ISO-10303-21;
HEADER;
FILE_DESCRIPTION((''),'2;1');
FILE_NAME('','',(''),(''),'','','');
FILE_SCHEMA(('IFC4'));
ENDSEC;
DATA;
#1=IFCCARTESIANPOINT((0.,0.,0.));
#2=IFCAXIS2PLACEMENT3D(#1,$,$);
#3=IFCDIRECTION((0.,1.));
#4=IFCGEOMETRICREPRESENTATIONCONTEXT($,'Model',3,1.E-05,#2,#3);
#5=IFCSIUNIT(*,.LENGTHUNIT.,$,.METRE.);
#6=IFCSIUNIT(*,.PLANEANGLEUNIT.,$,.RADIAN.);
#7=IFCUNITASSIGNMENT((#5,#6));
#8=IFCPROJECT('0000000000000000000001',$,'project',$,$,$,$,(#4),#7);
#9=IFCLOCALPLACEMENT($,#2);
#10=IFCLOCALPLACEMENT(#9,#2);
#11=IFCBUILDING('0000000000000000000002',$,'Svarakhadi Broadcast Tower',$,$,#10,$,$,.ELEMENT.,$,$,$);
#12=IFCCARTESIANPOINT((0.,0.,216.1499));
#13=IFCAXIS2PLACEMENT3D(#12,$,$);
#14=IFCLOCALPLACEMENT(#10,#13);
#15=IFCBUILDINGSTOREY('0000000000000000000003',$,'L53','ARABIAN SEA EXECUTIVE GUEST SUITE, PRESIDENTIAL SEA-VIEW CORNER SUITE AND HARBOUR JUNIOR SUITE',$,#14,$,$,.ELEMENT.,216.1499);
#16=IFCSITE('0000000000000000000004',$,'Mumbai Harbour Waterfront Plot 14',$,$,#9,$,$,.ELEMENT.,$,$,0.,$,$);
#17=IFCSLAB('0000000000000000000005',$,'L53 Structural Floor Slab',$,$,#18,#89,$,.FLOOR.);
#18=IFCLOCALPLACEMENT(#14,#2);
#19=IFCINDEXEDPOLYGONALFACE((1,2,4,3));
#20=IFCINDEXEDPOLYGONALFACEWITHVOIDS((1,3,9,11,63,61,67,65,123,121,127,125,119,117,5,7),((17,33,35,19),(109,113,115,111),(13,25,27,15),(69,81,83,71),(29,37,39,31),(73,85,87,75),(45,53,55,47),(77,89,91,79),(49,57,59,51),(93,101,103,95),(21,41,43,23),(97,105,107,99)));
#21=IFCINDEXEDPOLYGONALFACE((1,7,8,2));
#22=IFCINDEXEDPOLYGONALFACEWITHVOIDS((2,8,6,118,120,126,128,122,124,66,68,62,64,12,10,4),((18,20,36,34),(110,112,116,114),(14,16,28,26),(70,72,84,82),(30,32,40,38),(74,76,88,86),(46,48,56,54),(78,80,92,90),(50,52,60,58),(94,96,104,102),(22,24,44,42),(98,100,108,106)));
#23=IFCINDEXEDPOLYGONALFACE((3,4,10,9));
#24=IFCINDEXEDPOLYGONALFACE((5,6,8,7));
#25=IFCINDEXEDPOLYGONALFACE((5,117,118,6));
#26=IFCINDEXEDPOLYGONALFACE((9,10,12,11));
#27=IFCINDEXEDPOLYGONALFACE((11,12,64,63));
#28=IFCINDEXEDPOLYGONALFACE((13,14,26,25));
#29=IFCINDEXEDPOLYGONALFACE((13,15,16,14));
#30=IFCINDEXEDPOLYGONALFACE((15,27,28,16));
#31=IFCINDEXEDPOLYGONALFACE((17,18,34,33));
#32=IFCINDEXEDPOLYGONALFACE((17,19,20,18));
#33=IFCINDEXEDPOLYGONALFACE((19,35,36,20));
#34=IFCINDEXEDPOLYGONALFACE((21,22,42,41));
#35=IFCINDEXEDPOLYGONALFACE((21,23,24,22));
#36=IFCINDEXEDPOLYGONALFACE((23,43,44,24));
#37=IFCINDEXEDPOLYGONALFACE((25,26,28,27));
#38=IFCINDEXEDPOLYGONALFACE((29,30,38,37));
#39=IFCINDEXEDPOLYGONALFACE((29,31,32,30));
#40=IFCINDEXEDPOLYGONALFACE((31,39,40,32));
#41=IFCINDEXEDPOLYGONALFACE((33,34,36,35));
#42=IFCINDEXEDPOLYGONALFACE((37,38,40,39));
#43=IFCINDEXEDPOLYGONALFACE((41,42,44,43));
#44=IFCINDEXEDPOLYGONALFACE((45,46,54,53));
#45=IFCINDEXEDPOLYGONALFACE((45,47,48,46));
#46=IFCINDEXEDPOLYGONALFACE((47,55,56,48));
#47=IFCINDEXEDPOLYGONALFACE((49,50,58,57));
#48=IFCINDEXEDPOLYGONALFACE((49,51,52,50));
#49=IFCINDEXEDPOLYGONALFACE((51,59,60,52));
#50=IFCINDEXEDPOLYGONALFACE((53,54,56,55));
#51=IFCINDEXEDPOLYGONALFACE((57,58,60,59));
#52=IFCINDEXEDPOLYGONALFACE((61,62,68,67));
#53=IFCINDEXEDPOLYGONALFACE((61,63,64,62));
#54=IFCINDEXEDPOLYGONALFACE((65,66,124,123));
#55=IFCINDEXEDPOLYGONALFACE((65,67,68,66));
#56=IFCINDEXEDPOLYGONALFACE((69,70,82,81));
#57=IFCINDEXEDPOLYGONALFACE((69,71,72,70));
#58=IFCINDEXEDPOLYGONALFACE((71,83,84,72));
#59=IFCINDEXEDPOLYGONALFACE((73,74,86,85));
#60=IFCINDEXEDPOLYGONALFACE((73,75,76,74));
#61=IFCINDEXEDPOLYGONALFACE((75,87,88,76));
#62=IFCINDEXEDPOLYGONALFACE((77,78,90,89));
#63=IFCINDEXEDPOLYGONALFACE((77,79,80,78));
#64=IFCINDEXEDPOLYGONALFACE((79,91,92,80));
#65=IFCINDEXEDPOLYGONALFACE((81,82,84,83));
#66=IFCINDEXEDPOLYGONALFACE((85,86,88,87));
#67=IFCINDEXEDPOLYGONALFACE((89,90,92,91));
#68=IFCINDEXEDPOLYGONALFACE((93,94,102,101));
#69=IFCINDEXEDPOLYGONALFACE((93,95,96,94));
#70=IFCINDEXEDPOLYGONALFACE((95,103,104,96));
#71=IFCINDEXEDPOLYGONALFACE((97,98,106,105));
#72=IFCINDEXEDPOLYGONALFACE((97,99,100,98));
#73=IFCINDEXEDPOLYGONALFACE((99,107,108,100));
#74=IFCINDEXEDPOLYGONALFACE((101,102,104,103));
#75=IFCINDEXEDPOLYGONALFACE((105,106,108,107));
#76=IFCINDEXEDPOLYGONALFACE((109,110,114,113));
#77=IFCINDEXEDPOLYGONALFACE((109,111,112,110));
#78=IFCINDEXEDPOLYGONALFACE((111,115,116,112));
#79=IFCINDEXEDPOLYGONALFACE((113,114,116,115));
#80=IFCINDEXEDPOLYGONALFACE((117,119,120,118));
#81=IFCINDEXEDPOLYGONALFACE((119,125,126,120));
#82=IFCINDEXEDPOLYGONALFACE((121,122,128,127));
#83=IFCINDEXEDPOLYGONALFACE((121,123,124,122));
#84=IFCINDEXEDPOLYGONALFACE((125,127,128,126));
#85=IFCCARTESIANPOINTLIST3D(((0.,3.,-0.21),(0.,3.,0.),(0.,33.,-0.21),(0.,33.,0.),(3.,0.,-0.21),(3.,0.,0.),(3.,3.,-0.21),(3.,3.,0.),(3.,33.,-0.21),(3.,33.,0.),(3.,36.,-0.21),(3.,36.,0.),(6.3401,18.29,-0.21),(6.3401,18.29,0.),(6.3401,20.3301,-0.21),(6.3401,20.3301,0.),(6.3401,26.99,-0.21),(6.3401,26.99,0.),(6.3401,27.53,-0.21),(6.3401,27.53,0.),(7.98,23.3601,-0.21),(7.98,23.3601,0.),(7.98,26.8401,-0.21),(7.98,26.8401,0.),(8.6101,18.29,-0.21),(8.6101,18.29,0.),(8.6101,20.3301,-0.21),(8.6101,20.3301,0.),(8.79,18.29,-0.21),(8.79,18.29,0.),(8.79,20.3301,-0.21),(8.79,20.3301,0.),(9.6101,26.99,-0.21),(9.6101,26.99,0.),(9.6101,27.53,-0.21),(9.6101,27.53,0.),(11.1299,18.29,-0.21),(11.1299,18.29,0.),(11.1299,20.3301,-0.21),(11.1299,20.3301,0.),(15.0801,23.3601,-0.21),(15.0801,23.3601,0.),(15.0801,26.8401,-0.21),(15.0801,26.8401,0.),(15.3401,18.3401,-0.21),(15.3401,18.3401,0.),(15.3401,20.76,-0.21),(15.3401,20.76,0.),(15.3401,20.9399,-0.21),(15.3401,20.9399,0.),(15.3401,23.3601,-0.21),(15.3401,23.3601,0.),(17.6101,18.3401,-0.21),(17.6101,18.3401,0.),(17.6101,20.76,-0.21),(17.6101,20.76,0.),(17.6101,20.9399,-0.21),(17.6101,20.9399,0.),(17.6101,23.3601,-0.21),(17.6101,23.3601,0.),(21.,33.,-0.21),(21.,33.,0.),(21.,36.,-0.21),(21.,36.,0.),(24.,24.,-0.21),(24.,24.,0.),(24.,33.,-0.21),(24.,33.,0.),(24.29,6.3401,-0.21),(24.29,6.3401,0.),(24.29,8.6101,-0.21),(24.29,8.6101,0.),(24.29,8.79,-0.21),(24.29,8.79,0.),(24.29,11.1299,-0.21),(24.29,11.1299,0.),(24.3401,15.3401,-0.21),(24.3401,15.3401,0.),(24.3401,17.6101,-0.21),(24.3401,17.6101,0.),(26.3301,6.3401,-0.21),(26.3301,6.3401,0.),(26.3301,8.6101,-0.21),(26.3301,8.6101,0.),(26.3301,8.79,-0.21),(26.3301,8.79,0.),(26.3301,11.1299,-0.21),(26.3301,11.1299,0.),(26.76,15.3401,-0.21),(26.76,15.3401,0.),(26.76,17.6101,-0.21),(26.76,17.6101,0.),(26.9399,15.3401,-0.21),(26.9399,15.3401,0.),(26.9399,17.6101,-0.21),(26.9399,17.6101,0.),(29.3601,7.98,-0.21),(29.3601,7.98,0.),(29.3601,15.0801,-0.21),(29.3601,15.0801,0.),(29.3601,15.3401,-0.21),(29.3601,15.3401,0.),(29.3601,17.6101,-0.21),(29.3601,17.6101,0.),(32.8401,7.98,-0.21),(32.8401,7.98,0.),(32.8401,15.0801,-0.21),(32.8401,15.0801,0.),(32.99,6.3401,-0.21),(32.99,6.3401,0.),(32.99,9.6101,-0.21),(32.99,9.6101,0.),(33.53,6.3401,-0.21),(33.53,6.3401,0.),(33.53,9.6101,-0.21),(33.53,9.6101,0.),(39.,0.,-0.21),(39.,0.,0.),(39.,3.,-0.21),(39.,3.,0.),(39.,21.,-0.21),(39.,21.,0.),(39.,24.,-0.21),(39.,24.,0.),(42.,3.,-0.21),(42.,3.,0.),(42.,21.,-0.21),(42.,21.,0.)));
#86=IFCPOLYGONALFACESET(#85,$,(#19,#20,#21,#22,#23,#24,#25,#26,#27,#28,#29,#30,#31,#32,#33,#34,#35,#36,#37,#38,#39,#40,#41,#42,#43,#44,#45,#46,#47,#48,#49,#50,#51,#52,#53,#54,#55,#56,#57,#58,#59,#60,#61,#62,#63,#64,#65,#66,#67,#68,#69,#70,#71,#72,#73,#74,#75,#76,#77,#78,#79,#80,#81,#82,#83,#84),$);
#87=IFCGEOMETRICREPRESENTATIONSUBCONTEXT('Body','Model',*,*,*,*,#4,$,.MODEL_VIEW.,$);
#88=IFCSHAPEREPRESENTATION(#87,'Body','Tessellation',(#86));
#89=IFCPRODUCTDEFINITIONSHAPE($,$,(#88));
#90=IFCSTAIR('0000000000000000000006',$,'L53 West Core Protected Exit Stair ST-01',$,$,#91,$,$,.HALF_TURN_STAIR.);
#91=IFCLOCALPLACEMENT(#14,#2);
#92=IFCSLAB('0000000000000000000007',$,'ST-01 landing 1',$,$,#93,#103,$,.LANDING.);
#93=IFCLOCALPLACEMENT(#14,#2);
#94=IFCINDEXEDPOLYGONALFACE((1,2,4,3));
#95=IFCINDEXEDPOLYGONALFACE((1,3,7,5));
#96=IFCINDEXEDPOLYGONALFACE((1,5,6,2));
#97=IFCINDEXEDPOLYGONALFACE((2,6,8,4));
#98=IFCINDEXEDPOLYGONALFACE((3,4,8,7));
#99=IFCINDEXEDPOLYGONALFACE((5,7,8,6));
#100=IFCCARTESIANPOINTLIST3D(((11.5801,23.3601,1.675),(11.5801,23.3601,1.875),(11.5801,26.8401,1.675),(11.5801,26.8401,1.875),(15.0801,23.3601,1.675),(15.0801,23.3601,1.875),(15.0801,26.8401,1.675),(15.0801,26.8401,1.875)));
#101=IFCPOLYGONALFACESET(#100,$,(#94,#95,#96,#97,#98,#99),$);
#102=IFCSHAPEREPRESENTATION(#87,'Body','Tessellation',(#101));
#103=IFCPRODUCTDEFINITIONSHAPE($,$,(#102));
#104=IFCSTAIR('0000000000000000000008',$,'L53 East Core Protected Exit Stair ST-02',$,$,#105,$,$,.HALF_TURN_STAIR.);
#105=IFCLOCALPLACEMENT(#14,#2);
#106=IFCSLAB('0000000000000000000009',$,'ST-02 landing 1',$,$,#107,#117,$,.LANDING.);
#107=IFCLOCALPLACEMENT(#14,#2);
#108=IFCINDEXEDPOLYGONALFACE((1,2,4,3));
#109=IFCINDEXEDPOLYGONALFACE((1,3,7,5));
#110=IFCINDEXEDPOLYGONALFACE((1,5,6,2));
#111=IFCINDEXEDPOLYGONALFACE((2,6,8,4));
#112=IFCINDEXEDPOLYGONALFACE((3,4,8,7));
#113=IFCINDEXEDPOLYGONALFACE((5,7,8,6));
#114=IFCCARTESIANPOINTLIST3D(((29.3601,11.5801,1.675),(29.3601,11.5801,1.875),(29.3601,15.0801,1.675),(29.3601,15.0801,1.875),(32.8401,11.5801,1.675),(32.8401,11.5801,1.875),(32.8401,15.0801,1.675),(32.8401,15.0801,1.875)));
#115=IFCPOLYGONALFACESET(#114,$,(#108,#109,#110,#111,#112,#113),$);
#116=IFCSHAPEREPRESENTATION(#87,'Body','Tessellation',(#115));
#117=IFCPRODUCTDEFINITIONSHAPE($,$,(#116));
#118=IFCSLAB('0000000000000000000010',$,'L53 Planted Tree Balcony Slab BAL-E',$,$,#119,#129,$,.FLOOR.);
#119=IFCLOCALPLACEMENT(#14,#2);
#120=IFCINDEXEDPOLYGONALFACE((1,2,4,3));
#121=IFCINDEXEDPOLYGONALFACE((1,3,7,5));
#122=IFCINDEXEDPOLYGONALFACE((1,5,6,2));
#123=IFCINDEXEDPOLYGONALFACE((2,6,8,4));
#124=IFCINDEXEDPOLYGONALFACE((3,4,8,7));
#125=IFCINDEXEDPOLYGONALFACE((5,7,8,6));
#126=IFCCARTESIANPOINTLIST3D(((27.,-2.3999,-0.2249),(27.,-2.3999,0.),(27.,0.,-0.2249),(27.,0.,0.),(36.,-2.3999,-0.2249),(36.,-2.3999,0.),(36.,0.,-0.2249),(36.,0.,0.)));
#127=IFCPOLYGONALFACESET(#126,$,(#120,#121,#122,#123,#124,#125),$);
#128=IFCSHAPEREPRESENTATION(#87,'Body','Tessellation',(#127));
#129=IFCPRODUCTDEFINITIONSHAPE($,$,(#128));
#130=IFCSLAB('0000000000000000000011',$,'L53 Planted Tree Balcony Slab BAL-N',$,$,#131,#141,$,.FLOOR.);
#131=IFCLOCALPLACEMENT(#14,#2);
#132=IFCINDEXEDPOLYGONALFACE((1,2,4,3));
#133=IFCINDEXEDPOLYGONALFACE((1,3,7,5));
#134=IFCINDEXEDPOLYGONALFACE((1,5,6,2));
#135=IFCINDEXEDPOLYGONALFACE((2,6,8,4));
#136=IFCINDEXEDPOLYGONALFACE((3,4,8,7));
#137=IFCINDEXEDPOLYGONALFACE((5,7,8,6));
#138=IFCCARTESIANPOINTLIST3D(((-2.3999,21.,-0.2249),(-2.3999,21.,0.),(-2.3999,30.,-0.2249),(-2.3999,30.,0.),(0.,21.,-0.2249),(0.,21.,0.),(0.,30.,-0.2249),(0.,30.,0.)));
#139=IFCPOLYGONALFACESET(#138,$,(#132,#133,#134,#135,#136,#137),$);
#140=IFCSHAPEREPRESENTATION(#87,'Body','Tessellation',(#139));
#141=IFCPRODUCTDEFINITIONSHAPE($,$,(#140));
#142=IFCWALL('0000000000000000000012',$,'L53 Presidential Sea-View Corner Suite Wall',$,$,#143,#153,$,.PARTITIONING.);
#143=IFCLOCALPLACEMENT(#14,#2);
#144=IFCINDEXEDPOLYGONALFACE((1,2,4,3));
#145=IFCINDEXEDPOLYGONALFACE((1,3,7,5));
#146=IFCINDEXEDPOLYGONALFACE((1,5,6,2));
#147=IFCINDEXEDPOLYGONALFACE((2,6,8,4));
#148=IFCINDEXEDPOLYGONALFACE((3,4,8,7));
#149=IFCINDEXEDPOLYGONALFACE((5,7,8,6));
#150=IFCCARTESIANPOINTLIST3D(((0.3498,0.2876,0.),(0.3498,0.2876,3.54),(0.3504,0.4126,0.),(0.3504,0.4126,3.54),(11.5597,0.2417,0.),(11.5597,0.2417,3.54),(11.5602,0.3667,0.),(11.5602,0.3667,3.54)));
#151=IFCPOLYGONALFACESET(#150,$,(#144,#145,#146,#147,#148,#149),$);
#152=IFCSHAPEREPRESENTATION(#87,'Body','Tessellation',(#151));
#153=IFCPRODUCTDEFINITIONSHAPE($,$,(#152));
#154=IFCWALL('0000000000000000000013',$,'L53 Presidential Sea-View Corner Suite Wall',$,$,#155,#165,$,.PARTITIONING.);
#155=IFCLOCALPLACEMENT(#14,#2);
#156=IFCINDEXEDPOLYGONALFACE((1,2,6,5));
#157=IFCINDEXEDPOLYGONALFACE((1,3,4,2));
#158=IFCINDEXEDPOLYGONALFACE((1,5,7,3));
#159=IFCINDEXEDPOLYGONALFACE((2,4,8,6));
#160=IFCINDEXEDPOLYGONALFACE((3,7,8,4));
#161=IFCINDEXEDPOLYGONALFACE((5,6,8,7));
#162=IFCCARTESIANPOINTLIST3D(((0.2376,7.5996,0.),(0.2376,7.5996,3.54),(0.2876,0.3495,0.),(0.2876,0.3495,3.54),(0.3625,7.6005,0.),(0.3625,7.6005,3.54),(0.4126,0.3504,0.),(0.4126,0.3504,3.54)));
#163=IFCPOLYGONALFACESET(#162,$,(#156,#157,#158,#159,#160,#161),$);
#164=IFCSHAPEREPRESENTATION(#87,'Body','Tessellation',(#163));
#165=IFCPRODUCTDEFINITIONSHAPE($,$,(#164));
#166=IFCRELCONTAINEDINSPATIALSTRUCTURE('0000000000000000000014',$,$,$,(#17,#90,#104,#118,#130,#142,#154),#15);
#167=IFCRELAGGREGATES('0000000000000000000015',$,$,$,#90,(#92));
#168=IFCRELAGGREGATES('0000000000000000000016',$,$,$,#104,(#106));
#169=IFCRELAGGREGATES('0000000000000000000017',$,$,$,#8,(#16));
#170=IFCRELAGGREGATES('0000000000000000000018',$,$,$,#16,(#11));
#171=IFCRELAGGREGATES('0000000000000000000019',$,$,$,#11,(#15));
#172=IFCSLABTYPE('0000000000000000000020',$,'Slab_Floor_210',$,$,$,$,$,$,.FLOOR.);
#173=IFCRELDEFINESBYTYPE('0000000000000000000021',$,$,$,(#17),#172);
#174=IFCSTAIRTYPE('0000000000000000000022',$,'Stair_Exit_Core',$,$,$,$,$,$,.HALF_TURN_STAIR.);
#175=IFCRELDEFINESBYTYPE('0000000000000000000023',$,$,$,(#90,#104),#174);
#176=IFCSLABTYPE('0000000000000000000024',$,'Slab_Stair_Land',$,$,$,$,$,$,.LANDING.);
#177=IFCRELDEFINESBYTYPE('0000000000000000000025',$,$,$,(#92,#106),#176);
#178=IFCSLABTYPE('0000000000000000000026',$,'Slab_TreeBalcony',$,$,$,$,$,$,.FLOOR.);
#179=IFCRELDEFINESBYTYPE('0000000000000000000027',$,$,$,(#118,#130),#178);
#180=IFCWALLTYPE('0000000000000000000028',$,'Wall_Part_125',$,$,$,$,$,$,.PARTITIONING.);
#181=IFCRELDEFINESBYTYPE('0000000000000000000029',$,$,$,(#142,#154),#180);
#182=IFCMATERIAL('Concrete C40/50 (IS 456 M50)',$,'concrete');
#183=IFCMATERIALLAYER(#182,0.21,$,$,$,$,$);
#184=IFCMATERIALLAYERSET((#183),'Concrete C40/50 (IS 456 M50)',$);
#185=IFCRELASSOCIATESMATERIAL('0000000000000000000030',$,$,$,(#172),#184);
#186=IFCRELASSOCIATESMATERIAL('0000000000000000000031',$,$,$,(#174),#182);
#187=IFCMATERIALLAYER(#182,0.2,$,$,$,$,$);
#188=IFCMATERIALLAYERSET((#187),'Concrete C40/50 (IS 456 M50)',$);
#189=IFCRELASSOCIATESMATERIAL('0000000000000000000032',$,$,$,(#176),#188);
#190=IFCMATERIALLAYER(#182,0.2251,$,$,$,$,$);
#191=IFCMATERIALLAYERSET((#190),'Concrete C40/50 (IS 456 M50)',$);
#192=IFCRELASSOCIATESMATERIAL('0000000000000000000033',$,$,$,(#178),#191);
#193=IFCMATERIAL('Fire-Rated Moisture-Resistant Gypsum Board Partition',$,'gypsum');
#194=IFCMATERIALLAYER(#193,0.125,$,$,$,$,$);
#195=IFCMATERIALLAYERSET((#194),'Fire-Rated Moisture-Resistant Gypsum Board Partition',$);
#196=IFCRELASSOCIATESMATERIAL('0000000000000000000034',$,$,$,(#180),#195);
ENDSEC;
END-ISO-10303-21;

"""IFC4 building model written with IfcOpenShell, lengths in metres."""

from ifc_helpers import new_model, si_unit, direction, frame, frame_2d, origin, place, context, subcontext, project, spatial, polyline, rectangle, outline, extrude, material, layer, layer_set, type_object, element, aggregate, save


model = new_model("IFC4")

# Units and contexts
model_context = context("Model", 3, precision=1e-05, world=origin(), true_north=direction((0.0, 1.0)))
body_context = subcontext(model_context, "Body", "Model", "MODEL_VIEW")
ifc_project = project(units=[si_unit("LENGTHUNIT", "METRE"), si_unit("PLANEANGLEUNIT", "RADIAN")], contexts=[model_context])

# Site, building, storey
site_placement = place(None, origin())
site = spatial("IfcSite", under=ifc_project, at=site_placement, Name="Mumbai Harbour Waterfront Plot 14", CompositionType="ELEMENT", RefElevation=0.0)
building_placement = place(site_placement, origin())
building = spatial("IfcBuilding", under=site, at=building_placement, Name="Svarakhadi Broadcast Tower", CompositionType="ELEMENT")
storey_placement = place(building_placement, frame((0.0, 0.0, 216.1499)))
storey = spatial("IfcBuildingStorey", under=building, at=storey_placement, Name="L53", Description="ARABIAN SEA EXECUTIVE GUEST SUITE, PRESIDENTIAL SEA-VIEW CORNER SUITE AND HARBOUR JUNIOR SUITE", CompositionType="ELEMENT", Elevation=216.1499)

# Slab
ifc_material_1 = material(Name="Concrete C40/50 (IS 456 M50)", Category="concrete")
ifc_layer_1 = layer(ifc_material_1, 0.21)
ifc_layer_set_1 = layer_set([ifc_layer_1], Name="Concrete C40/50 (IS 456 M50)")
slab_type_1 = type_object("IfcSlabType", Name="Slab_Floor_210", PredefinedType="FLOOR", material=ifc_layer_set_1)
slab_1_placement = place(storey_placement, frame((0.0, 0.0, -0.21)))
element("IfcSlab", 1, at=slab_1_placement, inside=storey, type_object=slab_type_1, Name="L53 Structural Floor Slab", PredefinedType="FLOOR", context=body_context, shape_type="SweptSolid", body=[
    extrude(outline(polyline([(3.0, 0.0), (39.0, 0.0), (39.0, 3.0), (42.0, 3.0), (42.0, 21.0), (39.0, 21.0), (39.0, 24.0), (24.0, 24.0), (24.0, 33.0), (21.0, 33.0), (21.0, 36.0), (3.0, 36.0), (3.0, 33.0), (0.0, 33.0), (0.0, 3.0), (3.0, 3.0), (3.0, 0.0)]), holes=[polyline([(7.98, 23.3601), (15.0801, 23.3601), (15.0801, 26.8401), (7.98, 26.8401), (7.98, 23.3601)]), polyline([(32.8401, 7.98), (32.8401, 15.0801), (29.3601, 15.0801), (29.3601, 7.98), (32.8401, 7.98)]), polyline([(6.3401, 18.29), (8.6101, 18.29), (8.6101, 20.3301), (6.3401, 20.3301), (6.3401, 18.29)]), polyline([(8.79, 18.29), (11.1299, 18.29), (11.1299, 20.3301), (8.79, 20.3301), (8.79, 18.29)]), polyline([(24.29, 6.3401), (26.3301, 6.3401), (26.3301, 8.6101), (24.29, 8.6101), (24.29, 6.3401)]), polyline([(24.29, 8.79), (26.3301, 8.79), (26.3301, 11.1299), (24.29, 11.1299), (24.29, 8.79)]), polyline([(6.3401, 26.99), (9.6101, 26.99), (9.6101, 27.53), (6.3401, 27.53), (6.3401, 26.99)]), polyline([(32.99, 6.3401), (33.53, 6.3401), (33.53, 9.6101), (32.99, 9.6101), (32.99, 6.3401)]), polyline([(15.3401, 18.3401), (17.6101, 18.3401), (17.6101, 20.76), (15.3401, 20.76), (15.3401, 18.3401)]), polyline([(15.3401, 20.9399), (17.6101, 20.9399), (17.6101, 23.3601), (15.3401, 23.3601), (15.3401, 20.9399)]), polyline([(24.3401, 15.3401), (26.76, 15.3401), (26.76, 17.6101), (24.3401, 17.6101), (24.3401, 15.3401)]), polyline([(26.9399, 15.3401), (29.3601, 15.3401), (29.3601, 17.6101), (26.9399, 17.6101), (26.9399, 15.3401)])]), origin(), (0.0, 0.0, 1.0), 0.21),
])

# Stairs, slabs
stair_type = type_object("IfcStairType", Name="Stair_Exit_Core", PredefinedType="HALF_TURN_STAIR", material=ifc_material_1)
stair_1_placement = place(storey_placement, origin())
stair_1 = element("IfcStair", 2, at=stair_1_placement, inside=storey, type_object=stair_type, Name="L53 West Core Protected Exit Stair ST-01", PredefinedType="HALF_TURN_STAIR")
ifc_layer_2 = layer(ifc_material_1, 0.2)
ifc_layer_set_2 = layer_set([ifc_layer_2], Name="Concrete C40/50 (IS 456 M50)")
slab_type_2 = type_object("IfcSlabType", Name="Slab_Stair_Land", PredefinedType="LANDING", material=ifc_layer_set_2)
slab_2_placement = place(storey_placement, frame((0.0, 0.0, 1.675)))
slab_2 = element("IfcSlab", 3, at=slab_2_placement, type_object=slab_type_2, Name="ST-01 landing 1", PredefinedType="LANDING", context=body_context, shape_type="SweptSolid", body=[
    extrude(outline(polyline([(11.5801, 23.3601), (15.0801, 23.3601), (15.0801, 26.8401), (11.5801, 26.8401), (11.5801, 23.3601)])), origin(), (0.0, 0.0, 1.0), 0.2),
])
aggregate(stair_1, [slab_2])
stair_2_placement = place(storey_placement, origin())
stair_2 = element("IfcStair", 4, at=stair_2_placement, inside=storey, type_object=stair_type, Name="L53 East Core Protected Exit Stair ST-02", PredefinedType="HALF_TURN_STAIR")
slab_3_placement = place(storey_placement, frame((0.0, 0.0, 1.675)))
slab_3 = element("IfcSlab", 5, at=slab_3_placement, type_object=slab_type_2, Name="ST-02 landing 1", PredefinedType="LANDING", context=body_context, shape_type="SweptSolid", body=[
    extrude(outline(polyline([(32.8401, 11.5801), (32.8401, 15.0801), (29.3601, 15.0801), (29.3601, 11.5801), (32.8401, 11.5801)])), origin(), (0.0, 0.0, 1.0), 0.2),
])
aggregate(stair_2, [slab_3])

# Slabs
ifc_layer_3 = layer(ifc_material_1, 0.2251)
ifc_layer_set_3 = layer_set([ifc_layer_3], Name="Concrete C40/50 (IS 456 M50)")
slab_type_3 = type_object("IfcSlabType", Name="Slab_TreeBalcony", PredefinedType="FLOOR", material=ifc_layer_set_3)
slab_4_placement = place(storey_placement, frame((0.0, 0.0, -0.2249)))
element("IfcSlab", 6, at=slab_4_placement, inside=storey, type_object=slab_type_3, Name="L53 Planted Tree Balcony Slab BAL-E", PredefinedType="FLOOR", context=body_context, shape_type="SweptSolid", body=[
    extrude(outline(polyline([(27.0, -2.3999), (36.0, -2.3999), (36.0, 0.0), (27.0, 0.0), (27.0, -2.3999)])), origin(), (0.0, 0.0, 1.0), 0.2249),
])
slab_5_placement = place(storey_placement, frame((0.0, 0.0, -0.2249)))
element("IfcSlab", 7, at=slab_5_placement, inside=storey, type_object=slab_type_3, Name="L53 Planted Tree Balcony Slab BAL-N", PredefinedType="FLOOR", context=body_context, shape_type="SweptSolid", body=[
    extrude(outline(polyline([(-2.3999, 21.0), (0.0, 21.0), (0.0, 30.0), (-2.3999, 30.0), (-2.3999, 21.0)])), origin(), (0.0, 0.0, 1.0), 0.2249),
])

# Walls
ifc_material_2 = material(Name="Fire-Rated Moisture-Resistant Gypsum Board Partition", Category="gypsum")
ifc_layer_4 = layer(ifc_material_2, 0.125)
ifc_layer_set_4 = layer_set([ifc_layer_4], Name="Fire-Rated Moisture-Resistant Gypsum Board Partition")
wall_type = type_object("IfcWallType", Name="Wall_Part_125", PredefinedType="PARTITIONING", material=ifc_layer_set_4)
wall_1_placement = place(storey_placement, frame((0.3501, 0.3501, 0.0), z_axis=(0.0, 0.0, 1.0), x_axis=(0.999992, -0.004094, 0.0)))
element("IfcWall", 8, at=wall_1_placement, inside=storey, type_object=wall_type, Name="L53 Presidential Sea-View Corner Suite Wall", PredefinedType="PARTITIONING", context=body_context, shape_type="SweptSolid", body=[
    extrude(rectangle(XDim=11.21, YDim=0.125, at=frame_2d((5.605, 0.0))), origin(), (0.0, 0.0, 1.0), 3.54),
])
wall_2_placement = place(storey_placement, frame((0.3501, 0.3501, 0.0), z_axis=(0.0, 0.0, 1.0), x_axis=(-0.006903, 0.999976, 0.0)))
element("IfcWall", 9, at=wall_2_placement, inside=storey, type_object=wall_type, Name="L53 Presidential Sea-View Corner Suite Wall", PredefinedType="PARTITIONING", context=body_context, shape_type="SweptSolid", body=[
    extrude(rectangle(XDim=7.2502, YDim=0.125, at=frame_2d((3.625, 0.0))), origin(), (0.0, 0.0, 1.0), 3.54),
])

save(model, "model.ifc")
